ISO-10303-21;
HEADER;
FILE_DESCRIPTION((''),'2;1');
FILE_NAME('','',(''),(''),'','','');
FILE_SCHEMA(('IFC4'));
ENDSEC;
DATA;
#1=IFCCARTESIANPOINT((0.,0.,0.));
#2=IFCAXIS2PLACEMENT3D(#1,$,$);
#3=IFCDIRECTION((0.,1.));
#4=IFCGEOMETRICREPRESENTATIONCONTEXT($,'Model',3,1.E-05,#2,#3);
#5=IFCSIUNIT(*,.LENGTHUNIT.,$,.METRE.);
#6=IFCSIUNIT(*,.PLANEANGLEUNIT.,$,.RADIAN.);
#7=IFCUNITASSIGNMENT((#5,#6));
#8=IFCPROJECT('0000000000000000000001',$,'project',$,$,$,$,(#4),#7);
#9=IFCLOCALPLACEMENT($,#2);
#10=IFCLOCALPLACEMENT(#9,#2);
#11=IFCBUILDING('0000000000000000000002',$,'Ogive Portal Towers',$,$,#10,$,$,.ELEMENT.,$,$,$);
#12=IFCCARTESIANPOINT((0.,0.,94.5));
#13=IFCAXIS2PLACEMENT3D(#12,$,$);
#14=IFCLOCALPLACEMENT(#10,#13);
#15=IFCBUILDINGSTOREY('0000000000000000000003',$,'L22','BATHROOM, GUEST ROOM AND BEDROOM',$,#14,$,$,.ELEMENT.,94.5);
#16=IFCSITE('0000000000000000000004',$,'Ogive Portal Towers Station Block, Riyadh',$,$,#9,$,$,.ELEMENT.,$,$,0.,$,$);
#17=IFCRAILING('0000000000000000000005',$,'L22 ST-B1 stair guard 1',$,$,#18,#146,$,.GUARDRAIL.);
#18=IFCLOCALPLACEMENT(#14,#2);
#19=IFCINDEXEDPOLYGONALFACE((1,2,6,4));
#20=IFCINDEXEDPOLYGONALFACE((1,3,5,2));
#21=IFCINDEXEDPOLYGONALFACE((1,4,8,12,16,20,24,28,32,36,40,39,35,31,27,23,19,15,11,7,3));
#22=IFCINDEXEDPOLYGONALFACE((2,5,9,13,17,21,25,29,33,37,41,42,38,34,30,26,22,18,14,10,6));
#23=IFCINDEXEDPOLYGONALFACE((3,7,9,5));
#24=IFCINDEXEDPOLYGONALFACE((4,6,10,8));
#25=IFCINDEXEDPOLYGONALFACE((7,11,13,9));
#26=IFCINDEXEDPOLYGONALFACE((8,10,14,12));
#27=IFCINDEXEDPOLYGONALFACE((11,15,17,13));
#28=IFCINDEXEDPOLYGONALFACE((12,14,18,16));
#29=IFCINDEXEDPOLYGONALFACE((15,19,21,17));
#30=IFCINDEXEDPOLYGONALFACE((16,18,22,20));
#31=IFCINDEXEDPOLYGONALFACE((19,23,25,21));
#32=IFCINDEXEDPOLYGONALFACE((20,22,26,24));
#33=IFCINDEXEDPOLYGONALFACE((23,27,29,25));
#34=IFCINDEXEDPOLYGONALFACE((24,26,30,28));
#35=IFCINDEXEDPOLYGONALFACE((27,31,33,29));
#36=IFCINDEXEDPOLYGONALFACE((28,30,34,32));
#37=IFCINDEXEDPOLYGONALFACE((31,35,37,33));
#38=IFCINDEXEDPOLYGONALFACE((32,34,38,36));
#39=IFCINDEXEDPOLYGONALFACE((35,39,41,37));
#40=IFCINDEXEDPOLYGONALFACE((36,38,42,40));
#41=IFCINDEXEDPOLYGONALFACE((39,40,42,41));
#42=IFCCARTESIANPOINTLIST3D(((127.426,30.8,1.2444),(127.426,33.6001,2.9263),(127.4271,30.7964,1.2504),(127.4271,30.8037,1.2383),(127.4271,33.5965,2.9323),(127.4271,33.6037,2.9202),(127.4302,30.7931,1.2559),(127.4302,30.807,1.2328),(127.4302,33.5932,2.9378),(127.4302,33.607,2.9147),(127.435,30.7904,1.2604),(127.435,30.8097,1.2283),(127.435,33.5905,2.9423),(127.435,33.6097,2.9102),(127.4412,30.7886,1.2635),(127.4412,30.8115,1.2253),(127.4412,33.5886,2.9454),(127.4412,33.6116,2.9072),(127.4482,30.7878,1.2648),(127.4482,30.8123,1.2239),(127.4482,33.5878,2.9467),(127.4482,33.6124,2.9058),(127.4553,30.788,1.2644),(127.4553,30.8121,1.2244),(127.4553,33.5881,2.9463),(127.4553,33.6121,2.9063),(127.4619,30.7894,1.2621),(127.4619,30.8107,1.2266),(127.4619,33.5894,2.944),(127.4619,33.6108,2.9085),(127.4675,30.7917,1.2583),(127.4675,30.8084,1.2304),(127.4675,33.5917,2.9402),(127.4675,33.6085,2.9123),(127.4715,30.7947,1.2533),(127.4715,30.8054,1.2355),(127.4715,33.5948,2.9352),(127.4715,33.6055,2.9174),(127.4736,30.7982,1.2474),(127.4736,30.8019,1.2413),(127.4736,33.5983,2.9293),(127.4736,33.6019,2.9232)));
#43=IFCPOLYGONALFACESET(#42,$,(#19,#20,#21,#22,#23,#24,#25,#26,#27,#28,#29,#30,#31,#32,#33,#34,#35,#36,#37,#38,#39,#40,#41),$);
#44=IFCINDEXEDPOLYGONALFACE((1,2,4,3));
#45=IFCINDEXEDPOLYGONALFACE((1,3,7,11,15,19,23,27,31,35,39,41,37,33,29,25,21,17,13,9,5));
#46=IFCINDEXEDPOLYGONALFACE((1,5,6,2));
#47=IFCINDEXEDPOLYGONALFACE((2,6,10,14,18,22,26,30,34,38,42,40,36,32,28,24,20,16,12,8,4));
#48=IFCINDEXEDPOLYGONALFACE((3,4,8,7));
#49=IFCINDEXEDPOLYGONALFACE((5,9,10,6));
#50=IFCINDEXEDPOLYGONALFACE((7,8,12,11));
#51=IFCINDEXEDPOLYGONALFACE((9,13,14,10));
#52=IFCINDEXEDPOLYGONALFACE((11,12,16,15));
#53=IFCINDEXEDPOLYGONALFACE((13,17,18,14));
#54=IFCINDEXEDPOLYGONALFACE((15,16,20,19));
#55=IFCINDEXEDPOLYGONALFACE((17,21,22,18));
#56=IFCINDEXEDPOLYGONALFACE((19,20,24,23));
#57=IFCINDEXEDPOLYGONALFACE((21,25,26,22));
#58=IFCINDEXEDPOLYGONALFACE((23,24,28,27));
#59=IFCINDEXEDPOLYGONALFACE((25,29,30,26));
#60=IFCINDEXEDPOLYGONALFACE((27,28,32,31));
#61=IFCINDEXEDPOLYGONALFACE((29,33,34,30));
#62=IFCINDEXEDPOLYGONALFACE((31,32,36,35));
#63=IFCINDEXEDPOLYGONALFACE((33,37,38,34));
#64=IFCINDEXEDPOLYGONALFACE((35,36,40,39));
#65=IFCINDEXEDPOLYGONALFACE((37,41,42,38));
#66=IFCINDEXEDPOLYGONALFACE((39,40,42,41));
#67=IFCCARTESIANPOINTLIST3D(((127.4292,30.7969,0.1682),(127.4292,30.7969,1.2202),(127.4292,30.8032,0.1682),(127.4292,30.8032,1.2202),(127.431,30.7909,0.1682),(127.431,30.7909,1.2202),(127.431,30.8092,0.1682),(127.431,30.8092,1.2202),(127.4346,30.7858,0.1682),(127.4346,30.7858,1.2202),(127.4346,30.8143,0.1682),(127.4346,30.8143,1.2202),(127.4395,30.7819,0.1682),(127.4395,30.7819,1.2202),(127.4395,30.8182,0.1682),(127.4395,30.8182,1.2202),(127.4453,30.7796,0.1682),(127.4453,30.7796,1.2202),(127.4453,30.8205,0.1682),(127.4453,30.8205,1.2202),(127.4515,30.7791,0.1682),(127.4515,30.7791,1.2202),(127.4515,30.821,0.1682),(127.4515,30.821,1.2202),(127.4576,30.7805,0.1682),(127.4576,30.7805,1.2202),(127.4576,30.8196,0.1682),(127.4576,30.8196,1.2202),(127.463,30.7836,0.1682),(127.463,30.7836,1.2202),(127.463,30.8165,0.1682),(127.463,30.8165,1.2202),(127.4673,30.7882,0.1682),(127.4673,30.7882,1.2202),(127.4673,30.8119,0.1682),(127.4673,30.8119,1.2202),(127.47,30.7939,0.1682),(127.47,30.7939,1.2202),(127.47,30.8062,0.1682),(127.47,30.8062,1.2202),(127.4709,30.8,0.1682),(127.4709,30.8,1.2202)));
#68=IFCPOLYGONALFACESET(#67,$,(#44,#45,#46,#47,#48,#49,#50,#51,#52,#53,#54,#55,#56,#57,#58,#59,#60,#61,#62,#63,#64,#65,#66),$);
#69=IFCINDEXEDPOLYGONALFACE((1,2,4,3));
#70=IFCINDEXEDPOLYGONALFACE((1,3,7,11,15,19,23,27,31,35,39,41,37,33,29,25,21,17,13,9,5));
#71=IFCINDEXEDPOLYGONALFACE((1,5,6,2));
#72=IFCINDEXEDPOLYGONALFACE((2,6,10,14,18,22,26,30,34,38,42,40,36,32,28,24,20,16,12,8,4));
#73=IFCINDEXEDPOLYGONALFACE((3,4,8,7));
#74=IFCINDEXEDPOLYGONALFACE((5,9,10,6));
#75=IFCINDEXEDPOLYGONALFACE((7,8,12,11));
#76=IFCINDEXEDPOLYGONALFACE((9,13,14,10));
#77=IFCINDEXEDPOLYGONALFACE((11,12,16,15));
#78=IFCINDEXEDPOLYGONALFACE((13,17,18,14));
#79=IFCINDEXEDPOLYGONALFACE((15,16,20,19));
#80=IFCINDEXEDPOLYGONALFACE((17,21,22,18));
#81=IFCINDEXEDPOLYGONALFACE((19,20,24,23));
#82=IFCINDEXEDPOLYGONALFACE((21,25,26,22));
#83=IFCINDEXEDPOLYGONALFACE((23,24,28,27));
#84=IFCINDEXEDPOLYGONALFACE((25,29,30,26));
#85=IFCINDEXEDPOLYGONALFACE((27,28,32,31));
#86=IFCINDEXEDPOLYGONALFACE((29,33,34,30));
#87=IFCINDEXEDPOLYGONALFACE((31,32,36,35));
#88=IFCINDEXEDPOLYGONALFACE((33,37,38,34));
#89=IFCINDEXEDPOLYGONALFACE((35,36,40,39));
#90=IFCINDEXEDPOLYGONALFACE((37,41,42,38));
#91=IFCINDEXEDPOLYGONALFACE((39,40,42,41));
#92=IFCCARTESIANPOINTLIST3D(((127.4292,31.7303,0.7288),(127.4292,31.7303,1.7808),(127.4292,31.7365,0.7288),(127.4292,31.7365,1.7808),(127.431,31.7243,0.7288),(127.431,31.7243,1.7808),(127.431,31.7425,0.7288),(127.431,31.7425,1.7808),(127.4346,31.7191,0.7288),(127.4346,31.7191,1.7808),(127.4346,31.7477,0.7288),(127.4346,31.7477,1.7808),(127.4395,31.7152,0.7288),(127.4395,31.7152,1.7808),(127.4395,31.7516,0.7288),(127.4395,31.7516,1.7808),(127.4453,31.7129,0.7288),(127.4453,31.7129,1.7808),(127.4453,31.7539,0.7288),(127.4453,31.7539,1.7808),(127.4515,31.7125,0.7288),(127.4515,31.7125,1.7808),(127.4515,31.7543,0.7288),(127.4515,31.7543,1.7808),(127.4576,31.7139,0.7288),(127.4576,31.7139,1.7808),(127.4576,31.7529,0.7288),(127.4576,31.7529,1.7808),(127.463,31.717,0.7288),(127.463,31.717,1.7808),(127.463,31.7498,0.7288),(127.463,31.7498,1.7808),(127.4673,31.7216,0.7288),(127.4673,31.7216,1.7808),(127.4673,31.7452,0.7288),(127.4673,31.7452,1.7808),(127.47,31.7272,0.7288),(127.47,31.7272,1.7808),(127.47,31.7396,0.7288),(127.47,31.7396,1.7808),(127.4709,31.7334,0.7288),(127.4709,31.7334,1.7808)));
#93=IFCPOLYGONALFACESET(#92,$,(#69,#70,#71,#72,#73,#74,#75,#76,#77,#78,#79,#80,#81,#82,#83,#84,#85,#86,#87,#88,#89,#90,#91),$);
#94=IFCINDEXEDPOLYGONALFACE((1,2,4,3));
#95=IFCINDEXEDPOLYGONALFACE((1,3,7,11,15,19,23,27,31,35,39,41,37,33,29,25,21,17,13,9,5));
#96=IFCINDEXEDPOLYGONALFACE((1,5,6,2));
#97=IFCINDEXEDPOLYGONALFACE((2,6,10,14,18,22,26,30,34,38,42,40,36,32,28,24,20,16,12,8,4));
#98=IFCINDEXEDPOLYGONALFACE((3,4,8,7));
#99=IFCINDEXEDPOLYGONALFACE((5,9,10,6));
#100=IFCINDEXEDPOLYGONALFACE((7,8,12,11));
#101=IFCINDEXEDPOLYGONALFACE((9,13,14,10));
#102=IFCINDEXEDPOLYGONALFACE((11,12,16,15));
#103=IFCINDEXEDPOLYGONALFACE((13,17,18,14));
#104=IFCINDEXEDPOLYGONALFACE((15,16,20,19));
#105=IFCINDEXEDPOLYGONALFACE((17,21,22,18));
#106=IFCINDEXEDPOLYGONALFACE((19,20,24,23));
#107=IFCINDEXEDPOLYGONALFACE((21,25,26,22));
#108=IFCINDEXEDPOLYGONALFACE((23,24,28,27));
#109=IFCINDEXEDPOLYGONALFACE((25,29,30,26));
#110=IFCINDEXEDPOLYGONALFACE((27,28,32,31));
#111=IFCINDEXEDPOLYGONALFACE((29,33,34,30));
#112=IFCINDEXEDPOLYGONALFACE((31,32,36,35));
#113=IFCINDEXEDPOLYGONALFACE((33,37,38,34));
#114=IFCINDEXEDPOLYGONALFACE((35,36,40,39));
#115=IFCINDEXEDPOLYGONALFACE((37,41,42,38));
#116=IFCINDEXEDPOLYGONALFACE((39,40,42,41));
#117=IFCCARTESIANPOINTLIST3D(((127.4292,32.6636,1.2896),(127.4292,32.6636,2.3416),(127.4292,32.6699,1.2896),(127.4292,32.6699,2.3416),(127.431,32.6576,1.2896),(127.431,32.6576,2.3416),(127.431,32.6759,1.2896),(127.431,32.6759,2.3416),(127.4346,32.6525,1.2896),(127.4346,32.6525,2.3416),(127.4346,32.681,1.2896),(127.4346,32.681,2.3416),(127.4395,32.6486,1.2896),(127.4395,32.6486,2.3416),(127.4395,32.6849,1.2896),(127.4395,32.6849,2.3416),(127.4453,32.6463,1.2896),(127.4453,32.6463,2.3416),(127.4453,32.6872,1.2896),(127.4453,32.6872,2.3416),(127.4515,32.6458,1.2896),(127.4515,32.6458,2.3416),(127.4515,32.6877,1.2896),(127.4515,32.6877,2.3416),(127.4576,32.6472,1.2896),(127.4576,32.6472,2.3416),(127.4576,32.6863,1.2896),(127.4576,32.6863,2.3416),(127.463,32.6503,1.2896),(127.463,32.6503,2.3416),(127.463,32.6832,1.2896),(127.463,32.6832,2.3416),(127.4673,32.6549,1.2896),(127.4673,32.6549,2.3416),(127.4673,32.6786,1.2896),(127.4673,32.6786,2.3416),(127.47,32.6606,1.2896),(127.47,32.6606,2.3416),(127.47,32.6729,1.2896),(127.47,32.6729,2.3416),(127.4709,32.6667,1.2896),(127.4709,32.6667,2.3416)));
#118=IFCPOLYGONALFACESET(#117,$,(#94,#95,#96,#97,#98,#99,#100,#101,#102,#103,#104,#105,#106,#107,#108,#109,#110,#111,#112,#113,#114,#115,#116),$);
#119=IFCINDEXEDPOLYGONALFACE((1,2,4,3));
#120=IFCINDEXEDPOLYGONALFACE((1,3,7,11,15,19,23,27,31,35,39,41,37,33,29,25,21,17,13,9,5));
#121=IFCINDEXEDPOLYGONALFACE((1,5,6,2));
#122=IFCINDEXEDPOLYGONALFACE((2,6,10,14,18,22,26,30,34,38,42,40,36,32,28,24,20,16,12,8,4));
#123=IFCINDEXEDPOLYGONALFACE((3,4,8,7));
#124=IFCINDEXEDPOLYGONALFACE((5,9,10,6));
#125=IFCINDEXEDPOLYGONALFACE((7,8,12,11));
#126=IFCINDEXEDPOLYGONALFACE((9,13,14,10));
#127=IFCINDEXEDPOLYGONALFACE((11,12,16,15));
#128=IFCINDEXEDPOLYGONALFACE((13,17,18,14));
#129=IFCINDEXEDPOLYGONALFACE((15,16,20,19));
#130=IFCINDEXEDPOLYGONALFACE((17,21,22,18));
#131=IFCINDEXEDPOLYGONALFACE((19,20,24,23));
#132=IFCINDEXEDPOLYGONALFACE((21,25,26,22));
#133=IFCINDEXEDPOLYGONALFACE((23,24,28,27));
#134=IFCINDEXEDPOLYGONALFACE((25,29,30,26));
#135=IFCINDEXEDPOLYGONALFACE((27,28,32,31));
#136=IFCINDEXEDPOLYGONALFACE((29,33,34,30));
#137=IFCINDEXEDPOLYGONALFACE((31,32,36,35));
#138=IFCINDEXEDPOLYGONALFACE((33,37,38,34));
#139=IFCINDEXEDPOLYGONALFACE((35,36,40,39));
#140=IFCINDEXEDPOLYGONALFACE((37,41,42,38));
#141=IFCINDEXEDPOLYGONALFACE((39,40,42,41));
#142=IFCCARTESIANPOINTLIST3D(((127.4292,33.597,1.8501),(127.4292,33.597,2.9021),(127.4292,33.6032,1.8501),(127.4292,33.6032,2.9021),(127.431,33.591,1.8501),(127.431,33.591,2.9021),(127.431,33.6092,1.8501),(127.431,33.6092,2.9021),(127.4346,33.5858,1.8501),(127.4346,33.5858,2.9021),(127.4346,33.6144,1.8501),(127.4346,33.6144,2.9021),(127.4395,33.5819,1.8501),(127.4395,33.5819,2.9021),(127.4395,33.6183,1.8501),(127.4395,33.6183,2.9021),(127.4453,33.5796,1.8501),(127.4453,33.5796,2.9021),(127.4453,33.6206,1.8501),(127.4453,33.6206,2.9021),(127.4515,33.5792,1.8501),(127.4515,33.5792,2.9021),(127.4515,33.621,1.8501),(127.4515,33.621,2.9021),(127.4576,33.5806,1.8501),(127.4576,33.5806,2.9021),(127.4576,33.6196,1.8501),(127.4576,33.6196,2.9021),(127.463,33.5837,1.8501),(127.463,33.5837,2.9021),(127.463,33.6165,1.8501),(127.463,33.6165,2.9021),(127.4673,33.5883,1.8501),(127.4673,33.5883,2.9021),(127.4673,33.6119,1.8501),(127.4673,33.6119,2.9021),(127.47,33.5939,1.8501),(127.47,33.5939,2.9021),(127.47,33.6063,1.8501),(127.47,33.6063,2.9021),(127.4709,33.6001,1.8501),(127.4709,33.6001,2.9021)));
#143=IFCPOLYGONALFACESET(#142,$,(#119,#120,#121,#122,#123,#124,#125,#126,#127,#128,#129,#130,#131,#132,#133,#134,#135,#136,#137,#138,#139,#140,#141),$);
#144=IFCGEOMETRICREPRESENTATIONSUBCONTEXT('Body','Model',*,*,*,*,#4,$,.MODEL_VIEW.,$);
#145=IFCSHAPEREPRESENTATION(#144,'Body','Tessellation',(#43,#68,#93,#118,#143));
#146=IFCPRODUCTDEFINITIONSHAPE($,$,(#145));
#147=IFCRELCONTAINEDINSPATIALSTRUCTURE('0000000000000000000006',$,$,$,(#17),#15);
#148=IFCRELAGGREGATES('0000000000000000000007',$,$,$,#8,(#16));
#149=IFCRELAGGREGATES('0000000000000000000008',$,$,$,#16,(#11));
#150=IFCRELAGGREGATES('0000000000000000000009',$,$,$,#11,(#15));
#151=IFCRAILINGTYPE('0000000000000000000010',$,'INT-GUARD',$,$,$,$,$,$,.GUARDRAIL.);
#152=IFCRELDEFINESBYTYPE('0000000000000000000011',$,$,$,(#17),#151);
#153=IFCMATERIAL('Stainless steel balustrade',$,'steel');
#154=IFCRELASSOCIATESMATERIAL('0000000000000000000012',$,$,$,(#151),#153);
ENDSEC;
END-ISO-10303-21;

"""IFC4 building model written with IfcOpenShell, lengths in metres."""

from ifc_helpers import new_model, si_unit, direction, frame, origin, origin_2d, place, context, subcontext, project, spatial, circle, extrude, material, type_object, element, save


model = new_model("IFC4")

# Units and contexts
model_context = context("Model", 3, precision=1e-05, world=origin(), true_north=direction((0.0, 1.0)))
body_context = subcontext(model_context, "Body", "Model", "MODEL_VIEW")
ifc_project = project(units=[si_unit("LENGTHUNIT", "METRE"), si_unit("PLANEANGLEUNIT", "RADIAN")], contexts=[model_context])

# Site, building, storey
site_placement = place(None, origin())
site = spatial("IfcSite", under=ifc_project, at=site_placement, Name="Ogive Portal Towers Station Block, Riyadh", CompositionType="ELEMENT", RefElevation=0.0)
building_placement = place(site_placement, origin())
building = spatial("IfcBuilding", under=site, at=building_placement, Name="Ogive Portal Towers", CompositionType="ELEMENT")
storey_placement = place(building_placement, frame((0.0, 0.0, 94.5)))
storey = spatial("IfcBuildingStorey", under=building, at=storey_placement, Name="L22", Description="BATHROOM, GUEST ROOM AND BEDROOM", CompositionType="ELEMENT", Elevation=94.5)

# Railing
ifc_material_1 = material(Name="Stainless steel balustrade", Category="steel")
railing_type_1 = type_object("IfcRailingType", Name="INT-GUARD", PredefinedType="GUARDRAIL", material=ifc_material_1)
railing_1_placement = place(storey_placement, frame((127.45, 30.8, 0.1682)))
element("IfcRailing", 1, at=railing_1_placement, inside=storey, type_object=railing_type_1, Name="L22 ST-B1 stair guard 1", PredefinedType="GUARDRAIL", context=body_context, shape_type="SweptSolid", body=[
    extrude(circle(Radius=0.0239, at=origin_2d()), frame((0.0, 0.0, 1.0762), z_axis=(0.0, 0.857242, 0.514913), x_axis=(-1.0, 0.0, 0.0)), (0.0, 0.0, 1.0), 3.2664),
    extrude(circle(Radius=0.021, at=origin_2d()), origin(), (0.0, 0.0, 1.0), 1.052),
    extrude(circle(Radius=0.021, at=origin_2d()), frame((0.0, 0.9333, 0.5605)), (0.0, 0.0, 1.0), 1.052),
    extrude(circle(Radius=0.021, at=origin_2d()), frame((0.0, 1.8667, 1.1213)), (0.0, 0.0, 1.0), 1.052),
    extrude(circle(Radius=0.021, at=origin_2d()), frame((0.0, 2.8, 1.6819)), (0.0, 0.0, 1.0), 1.052),
])

save(model, "model.ifc")
